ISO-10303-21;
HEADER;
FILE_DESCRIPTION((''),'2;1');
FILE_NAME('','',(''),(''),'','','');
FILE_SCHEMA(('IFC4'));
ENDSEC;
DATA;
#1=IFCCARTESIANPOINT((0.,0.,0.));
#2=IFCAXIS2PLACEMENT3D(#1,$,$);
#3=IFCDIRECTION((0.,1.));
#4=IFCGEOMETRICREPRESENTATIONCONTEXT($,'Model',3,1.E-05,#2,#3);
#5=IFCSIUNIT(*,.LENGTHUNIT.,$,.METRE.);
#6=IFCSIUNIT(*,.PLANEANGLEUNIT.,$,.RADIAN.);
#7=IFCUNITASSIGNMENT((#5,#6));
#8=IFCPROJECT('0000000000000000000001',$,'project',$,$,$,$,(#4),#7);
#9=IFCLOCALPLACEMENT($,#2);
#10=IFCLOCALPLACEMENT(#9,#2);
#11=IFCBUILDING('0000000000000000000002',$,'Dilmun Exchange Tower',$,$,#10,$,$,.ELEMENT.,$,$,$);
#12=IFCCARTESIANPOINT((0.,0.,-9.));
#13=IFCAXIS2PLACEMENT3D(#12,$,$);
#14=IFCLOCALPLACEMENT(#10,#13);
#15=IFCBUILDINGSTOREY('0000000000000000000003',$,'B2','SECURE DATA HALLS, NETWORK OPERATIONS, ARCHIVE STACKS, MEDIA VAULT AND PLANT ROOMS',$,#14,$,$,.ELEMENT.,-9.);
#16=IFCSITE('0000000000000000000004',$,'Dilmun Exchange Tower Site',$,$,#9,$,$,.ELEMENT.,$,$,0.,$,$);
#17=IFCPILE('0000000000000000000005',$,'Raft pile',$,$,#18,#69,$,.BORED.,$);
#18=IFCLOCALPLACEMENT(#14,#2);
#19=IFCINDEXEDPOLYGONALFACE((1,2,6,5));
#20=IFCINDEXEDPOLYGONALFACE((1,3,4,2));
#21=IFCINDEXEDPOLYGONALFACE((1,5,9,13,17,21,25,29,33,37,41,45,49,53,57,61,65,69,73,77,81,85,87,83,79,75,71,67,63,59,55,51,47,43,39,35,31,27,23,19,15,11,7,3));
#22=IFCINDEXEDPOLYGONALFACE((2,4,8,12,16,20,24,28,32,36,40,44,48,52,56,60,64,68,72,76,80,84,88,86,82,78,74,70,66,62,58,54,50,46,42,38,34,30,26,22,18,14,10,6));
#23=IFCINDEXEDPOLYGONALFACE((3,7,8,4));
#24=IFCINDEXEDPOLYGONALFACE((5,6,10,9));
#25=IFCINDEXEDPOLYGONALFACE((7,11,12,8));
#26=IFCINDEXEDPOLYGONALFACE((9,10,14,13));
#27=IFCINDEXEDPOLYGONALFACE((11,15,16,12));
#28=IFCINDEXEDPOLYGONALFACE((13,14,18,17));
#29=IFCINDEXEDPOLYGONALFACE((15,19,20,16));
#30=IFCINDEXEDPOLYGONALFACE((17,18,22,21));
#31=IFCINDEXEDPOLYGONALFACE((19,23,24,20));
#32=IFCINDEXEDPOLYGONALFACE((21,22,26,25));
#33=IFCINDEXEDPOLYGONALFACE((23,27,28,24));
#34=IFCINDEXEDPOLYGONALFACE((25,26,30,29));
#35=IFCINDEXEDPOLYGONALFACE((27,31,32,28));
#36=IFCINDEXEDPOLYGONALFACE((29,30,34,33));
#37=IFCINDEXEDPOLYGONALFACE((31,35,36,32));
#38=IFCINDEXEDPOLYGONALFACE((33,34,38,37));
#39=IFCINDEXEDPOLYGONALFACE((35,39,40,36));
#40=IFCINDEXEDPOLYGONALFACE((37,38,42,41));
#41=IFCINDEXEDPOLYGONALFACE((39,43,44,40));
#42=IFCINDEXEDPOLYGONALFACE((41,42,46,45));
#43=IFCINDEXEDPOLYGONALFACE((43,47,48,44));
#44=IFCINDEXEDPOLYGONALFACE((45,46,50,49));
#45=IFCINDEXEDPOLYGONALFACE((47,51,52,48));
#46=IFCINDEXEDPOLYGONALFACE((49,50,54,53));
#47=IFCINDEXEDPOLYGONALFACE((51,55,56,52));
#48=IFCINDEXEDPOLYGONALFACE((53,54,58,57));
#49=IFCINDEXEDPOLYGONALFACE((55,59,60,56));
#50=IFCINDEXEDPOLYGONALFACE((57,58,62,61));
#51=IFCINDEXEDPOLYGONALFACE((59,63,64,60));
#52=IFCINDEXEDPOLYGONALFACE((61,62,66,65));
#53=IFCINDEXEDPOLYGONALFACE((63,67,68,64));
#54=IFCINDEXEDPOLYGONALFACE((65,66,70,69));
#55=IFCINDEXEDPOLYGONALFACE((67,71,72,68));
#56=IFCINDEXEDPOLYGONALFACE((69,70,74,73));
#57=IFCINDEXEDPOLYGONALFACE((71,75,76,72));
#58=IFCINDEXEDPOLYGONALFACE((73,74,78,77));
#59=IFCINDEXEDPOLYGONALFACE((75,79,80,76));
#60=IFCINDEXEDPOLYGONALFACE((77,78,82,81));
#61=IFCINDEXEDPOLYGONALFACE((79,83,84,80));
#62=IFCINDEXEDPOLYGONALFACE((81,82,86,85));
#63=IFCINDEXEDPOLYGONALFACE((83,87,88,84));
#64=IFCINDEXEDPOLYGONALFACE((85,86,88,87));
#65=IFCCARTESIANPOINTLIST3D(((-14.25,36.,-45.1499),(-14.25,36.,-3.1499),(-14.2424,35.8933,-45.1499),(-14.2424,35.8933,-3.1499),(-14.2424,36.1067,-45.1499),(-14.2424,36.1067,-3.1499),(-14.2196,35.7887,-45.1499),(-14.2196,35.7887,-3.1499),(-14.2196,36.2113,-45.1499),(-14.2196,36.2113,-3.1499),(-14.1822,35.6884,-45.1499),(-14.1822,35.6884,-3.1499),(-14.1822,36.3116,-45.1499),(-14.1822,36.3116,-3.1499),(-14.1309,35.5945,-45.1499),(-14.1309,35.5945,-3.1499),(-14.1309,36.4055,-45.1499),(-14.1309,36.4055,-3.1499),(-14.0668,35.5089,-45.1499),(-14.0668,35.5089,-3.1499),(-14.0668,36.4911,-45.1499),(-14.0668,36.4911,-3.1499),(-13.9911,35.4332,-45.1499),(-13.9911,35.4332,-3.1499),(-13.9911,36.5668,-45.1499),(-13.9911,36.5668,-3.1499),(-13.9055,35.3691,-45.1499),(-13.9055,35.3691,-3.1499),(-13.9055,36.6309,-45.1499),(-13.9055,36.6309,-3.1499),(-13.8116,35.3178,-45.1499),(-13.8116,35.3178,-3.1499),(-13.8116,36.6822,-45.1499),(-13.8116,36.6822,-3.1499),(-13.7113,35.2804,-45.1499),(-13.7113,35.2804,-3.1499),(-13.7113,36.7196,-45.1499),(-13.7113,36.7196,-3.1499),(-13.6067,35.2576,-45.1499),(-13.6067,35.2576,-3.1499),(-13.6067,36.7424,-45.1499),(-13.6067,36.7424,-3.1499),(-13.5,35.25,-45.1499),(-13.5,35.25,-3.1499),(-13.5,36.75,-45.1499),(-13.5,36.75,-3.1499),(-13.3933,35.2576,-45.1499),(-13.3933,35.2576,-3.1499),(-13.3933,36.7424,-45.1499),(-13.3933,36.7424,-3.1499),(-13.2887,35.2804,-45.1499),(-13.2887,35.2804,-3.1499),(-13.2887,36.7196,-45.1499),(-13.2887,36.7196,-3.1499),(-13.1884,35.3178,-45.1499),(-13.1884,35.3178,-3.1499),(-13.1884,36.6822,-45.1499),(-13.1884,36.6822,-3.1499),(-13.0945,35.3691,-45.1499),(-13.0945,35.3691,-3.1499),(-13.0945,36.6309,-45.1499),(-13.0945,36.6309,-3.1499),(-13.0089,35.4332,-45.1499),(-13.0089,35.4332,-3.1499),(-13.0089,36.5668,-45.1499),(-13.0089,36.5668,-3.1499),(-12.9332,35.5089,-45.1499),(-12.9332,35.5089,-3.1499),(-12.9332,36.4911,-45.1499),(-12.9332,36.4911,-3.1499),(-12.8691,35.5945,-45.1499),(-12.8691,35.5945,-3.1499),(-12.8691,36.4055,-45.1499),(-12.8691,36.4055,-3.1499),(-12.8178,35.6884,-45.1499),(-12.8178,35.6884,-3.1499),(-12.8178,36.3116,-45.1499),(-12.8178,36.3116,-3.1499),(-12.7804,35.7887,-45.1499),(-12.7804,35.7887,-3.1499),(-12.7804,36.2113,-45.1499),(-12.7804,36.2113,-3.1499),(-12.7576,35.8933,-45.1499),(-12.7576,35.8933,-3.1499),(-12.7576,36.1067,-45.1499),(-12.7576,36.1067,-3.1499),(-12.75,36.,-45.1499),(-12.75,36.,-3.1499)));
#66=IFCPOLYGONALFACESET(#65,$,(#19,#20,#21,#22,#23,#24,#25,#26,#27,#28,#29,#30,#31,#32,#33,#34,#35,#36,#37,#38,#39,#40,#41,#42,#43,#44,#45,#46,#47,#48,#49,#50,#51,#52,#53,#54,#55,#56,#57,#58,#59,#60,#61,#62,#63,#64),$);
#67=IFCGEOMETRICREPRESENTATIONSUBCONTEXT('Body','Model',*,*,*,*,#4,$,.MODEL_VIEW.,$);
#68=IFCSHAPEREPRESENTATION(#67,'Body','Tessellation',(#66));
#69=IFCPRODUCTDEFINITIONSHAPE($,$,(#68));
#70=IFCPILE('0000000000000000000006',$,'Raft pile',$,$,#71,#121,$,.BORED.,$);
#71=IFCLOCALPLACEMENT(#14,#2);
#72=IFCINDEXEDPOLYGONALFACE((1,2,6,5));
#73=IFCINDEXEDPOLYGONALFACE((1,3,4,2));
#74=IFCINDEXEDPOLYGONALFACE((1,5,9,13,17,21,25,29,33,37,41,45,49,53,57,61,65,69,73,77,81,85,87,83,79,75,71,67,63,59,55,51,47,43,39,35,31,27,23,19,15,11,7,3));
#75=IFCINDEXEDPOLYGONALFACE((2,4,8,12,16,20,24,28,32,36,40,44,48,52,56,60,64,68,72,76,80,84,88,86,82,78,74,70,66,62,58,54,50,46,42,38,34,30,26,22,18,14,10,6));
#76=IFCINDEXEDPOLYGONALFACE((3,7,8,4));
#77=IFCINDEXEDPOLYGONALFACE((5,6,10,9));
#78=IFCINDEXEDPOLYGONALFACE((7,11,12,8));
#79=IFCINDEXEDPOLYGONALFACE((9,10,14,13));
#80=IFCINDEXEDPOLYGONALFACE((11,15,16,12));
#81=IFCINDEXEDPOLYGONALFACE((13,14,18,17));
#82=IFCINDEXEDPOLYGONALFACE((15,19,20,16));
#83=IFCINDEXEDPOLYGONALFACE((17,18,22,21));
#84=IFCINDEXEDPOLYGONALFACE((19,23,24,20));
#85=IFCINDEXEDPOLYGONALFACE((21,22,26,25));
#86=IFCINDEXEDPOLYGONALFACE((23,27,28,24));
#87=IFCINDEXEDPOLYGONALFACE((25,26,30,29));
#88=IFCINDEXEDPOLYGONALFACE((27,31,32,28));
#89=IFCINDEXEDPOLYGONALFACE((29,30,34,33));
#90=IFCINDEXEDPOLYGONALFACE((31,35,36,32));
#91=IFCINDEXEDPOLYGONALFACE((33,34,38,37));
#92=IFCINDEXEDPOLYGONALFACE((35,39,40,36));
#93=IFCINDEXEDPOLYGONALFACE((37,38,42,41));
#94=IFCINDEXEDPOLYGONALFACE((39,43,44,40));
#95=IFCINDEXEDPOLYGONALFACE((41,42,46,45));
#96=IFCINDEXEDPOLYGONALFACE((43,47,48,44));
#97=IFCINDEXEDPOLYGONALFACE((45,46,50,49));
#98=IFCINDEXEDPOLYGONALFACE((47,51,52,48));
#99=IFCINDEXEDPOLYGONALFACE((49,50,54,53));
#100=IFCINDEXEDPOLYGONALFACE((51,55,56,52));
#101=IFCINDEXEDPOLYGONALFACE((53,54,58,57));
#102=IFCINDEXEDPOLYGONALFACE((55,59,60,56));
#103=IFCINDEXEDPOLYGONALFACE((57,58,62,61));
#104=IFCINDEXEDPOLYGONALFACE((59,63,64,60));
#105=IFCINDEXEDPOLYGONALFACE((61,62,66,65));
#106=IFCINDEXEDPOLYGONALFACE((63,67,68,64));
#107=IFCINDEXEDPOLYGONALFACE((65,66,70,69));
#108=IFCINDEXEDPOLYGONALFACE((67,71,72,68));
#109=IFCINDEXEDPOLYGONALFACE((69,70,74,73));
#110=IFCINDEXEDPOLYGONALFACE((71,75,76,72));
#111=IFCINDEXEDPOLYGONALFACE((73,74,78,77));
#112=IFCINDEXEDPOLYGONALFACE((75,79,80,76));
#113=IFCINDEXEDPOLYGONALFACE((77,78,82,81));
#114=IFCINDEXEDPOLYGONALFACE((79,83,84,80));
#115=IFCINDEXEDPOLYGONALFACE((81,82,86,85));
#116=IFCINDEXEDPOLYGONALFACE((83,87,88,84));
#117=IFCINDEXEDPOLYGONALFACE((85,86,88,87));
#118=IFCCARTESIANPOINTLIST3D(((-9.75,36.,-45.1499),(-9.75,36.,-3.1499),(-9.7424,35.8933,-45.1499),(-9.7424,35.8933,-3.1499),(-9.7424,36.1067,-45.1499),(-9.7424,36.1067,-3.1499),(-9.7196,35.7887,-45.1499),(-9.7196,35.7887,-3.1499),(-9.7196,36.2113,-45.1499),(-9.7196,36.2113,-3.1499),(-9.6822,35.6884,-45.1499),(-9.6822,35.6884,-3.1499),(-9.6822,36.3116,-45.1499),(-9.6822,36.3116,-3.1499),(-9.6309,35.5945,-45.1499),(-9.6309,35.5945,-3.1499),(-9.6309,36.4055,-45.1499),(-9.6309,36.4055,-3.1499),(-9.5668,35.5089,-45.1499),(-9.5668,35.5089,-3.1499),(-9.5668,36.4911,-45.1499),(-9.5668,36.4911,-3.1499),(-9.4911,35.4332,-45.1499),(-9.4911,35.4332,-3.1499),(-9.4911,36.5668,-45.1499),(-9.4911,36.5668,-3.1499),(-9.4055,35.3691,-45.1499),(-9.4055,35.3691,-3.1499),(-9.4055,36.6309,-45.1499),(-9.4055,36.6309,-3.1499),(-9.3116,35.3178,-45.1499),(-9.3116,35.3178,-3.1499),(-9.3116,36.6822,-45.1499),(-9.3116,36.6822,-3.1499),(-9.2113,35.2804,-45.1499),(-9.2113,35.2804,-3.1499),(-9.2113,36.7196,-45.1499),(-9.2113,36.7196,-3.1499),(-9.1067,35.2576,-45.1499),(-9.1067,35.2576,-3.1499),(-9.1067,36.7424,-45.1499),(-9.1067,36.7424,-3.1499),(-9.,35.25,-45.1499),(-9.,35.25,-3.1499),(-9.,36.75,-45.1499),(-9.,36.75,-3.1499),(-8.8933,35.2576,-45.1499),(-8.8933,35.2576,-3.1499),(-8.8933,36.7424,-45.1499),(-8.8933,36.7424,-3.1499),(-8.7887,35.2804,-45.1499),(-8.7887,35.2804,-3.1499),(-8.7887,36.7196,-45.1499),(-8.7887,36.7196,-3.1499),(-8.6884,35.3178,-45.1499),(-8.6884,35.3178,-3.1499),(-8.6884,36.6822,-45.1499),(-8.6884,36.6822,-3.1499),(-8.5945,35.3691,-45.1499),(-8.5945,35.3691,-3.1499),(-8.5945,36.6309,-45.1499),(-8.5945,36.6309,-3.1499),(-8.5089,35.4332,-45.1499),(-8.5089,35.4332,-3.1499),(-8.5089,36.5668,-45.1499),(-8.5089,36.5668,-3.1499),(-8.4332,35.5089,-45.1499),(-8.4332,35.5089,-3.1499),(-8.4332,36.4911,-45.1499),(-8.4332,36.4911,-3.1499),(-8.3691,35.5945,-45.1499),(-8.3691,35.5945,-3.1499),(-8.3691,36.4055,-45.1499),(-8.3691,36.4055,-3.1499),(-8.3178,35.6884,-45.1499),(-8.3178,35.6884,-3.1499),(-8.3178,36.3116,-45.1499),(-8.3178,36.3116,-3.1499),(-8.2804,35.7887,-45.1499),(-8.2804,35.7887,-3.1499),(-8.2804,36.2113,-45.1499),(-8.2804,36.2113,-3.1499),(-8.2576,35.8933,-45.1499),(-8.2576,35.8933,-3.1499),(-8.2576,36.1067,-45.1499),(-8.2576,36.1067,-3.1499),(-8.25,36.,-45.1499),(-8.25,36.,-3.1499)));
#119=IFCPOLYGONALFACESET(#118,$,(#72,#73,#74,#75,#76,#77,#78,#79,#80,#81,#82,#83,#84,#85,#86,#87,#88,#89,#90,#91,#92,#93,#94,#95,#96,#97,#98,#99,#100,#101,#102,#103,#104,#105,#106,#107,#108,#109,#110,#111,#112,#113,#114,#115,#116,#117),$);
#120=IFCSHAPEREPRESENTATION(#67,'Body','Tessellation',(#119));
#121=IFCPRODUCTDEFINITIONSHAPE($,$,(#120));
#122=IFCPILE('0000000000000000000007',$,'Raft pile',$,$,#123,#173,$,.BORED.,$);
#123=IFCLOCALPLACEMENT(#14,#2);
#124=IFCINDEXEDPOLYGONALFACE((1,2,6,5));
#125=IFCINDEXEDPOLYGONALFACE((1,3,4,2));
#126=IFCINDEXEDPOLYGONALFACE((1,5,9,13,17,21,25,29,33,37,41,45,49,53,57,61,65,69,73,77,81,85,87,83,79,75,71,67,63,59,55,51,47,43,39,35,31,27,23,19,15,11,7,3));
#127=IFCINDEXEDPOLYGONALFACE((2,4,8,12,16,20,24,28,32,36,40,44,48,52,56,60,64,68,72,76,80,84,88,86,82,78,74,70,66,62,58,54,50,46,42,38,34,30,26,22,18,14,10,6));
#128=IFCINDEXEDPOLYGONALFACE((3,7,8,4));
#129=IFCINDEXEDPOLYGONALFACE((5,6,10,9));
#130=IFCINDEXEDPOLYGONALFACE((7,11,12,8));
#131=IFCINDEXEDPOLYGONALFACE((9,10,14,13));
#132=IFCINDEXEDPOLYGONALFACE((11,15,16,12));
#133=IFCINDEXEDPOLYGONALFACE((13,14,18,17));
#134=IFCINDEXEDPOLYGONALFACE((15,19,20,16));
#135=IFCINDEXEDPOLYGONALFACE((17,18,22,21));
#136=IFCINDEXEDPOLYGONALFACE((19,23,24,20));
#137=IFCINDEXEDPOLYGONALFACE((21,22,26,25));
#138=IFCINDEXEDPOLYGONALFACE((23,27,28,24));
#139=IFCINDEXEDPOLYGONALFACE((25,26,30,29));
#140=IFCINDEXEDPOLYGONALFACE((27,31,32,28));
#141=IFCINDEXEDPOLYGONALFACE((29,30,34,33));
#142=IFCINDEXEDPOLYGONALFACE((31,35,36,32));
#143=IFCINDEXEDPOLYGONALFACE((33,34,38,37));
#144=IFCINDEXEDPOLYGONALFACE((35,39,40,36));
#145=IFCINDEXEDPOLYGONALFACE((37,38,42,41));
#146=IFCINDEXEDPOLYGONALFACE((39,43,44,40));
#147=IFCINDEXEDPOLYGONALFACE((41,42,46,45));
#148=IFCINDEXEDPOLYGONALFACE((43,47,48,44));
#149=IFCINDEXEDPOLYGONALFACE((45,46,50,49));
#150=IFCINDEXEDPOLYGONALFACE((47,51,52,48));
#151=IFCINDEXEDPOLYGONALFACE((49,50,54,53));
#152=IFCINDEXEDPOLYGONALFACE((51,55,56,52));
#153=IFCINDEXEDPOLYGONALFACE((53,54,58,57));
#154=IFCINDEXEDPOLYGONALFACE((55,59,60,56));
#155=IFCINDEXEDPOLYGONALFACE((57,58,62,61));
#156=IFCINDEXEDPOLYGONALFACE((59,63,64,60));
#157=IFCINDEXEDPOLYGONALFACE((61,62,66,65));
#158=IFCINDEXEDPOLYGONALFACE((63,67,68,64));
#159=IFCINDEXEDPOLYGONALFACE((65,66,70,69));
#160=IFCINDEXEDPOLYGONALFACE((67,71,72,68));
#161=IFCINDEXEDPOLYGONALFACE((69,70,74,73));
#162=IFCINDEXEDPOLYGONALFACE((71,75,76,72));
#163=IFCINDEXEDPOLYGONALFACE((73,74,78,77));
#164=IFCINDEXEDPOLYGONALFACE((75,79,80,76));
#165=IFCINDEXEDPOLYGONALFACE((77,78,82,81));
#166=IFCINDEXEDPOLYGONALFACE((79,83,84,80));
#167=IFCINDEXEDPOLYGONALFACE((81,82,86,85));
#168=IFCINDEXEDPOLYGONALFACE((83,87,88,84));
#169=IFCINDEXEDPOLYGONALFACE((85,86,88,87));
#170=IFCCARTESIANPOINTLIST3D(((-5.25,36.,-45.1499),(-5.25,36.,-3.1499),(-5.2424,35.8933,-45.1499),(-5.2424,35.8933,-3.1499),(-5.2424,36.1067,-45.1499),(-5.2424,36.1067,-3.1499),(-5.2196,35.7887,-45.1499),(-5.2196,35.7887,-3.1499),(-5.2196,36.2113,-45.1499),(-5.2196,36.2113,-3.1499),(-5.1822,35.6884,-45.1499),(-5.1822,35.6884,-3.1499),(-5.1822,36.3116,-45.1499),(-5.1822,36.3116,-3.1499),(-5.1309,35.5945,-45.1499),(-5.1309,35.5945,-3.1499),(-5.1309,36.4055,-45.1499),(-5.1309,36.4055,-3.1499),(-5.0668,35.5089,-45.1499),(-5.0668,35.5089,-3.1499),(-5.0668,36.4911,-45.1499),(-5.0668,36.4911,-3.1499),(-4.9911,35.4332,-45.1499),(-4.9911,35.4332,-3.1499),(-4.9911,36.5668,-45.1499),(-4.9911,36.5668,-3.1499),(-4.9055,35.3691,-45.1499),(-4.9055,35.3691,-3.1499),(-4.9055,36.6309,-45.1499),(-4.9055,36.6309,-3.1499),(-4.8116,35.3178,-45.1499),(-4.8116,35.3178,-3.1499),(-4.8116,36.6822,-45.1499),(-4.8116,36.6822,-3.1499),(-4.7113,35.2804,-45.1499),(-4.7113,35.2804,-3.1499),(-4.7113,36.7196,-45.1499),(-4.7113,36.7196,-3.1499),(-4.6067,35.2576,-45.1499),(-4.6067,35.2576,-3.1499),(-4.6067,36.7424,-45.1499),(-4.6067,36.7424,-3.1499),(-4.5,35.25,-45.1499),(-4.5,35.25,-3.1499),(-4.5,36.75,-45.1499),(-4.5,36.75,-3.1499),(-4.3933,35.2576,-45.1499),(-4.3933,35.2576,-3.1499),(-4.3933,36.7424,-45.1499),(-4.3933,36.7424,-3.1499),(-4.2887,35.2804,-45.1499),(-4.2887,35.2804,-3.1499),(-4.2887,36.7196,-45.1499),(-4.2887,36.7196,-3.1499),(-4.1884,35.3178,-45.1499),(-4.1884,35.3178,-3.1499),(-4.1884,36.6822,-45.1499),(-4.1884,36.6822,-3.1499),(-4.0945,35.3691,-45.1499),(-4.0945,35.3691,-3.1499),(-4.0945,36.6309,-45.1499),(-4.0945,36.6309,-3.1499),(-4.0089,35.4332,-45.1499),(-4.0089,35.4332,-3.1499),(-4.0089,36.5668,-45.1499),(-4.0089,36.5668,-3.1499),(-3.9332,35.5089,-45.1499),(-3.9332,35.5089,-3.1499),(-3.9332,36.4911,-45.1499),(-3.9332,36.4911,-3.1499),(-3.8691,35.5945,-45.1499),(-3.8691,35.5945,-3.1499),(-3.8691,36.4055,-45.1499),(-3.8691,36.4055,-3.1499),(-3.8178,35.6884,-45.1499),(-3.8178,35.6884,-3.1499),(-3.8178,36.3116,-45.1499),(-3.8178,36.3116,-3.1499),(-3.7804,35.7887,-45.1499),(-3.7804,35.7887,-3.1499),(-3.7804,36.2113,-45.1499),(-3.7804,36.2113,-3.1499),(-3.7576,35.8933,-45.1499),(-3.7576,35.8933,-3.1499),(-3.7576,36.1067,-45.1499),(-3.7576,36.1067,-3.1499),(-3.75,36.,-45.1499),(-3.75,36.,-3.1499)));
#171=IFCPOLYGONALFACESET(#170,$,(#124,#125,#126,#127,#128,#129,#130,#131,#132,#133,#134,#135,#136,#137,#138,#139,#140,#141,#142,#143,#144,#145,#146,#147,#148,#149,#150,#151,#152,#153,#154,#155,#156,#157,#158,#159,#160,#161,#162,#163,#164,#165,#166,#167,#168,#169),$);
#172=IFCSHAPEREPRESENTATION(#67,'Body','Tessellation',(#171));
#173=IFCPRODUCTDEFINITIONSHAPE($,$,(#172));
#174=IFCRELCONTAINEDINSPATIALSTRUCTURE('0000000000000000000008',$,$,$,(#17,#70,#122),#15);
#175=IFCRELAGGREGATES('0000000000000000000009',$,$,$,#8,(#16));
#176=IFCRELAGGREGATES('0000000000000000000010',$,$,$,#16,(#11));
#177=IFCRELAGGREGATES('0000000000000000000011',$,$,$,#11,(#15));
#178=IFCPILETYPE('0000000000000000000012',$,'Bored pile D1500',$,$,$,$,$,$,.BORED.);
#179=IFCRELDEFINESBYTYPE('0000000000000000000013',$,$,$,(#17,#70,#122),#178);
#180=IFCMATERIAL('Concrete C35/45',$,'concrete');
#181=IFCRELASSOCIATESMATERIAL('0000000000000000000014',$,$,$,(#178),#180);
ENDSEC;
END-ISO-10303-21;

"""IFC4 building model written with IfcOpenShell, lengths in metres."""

from ifc_helpers import new_model, si_unit, direction, frame, origin, origin_2d, place, context, subcontext, project, spatial, circle, extrude, material, material_profile, profile_set, type_object, element, save


model = new_model("IFC4")

# Units and contexts
model_context = context("Model", 3, precision=1e-05, world=origin(), true_north=direction((0.0, 1.0)))
body_context = subcontext(model_context, "Body", "Model", "MODEL_VIEW")
ifc_project = project(units=[si_unit("LENGTHUNIT", "METRE"), si_unit("PLANEANGLEUNIT", "RADIAN")], contexts=[model_context])

# Site, building, storey
site_placement = place(None, origin())
site = spatial("IfcSite", under=ifc_project, at=site_placement, Name="Dilmun Exchange Tower Site", CompositionType="ELEMENT", RefElevation=0.0)
building_placement = place(site_placement, origin())
building = spatial("IfcBuilding", under=site, at=building_placement, Name="Dilmun Exchange Tower", CompositionType="ELEMENT")
storey_placement = place(building_placement, frame((0.0, 0.0, -9.0)))
storey = spatial("IfcBuildingStorey", under=building, at=storey_placement, Name="B2", Description="SECURE DATA HALLS, NETWORK OPERATIONS, ARCHIVE STACKS, MEDIA VAULT AND PLANT ROOMS", CompositionType="ELEMENT", Elevation=-9.0)

# Piles
ifc_material_1 = material(Name="Concrete C35/45", Category="concrete")
ifc_material_profile_1 = material_profile(ifc_material_1, circle(Radius=0.75, at=origin_2d()), Name="D1500")
ifc_profile_set_1 = profile_set([ifc_material_profile_1], Name="Concrete C35/45")
pile_type = type_object("IfcPileType", Name="Bored pile D1500", PredefinedType="BORED", material=ifc_profile_set_1)
for number, where, z_axis, x_axis, name in (
    (1, (-13.5, 36.0, -3.1499), (0.0, 0.0, -1.0), (1.0, 0.0, 0.0), "Raft pile"),
    (2, (-9.0, 36.0, -3.1499), (0.0, 0.0, -1.0), (1.0, 0.0, 0.0), "Raft pile"),
    (3, (-4.5, 36.0, -3.1499), (0.0, 0.0, -1.0), (1.0, 0.0, 0.0), "Raft pile"),
):
    element("IfcPile", number, at=place(storey_placement, frame(where, z_axis=z_axis, x_axis=x_axis)), inside=storey, type_object=pile_type, Name=name, PredefinedType="BORED", context=body_context, shape_type="SweptSolid", body=[
        extrude(circle(Radius=0.75, at=origin_2d()), origin(), (0.0, 0.0, 1.0), 42.0),
    ])

save(model, "model.ifc")
